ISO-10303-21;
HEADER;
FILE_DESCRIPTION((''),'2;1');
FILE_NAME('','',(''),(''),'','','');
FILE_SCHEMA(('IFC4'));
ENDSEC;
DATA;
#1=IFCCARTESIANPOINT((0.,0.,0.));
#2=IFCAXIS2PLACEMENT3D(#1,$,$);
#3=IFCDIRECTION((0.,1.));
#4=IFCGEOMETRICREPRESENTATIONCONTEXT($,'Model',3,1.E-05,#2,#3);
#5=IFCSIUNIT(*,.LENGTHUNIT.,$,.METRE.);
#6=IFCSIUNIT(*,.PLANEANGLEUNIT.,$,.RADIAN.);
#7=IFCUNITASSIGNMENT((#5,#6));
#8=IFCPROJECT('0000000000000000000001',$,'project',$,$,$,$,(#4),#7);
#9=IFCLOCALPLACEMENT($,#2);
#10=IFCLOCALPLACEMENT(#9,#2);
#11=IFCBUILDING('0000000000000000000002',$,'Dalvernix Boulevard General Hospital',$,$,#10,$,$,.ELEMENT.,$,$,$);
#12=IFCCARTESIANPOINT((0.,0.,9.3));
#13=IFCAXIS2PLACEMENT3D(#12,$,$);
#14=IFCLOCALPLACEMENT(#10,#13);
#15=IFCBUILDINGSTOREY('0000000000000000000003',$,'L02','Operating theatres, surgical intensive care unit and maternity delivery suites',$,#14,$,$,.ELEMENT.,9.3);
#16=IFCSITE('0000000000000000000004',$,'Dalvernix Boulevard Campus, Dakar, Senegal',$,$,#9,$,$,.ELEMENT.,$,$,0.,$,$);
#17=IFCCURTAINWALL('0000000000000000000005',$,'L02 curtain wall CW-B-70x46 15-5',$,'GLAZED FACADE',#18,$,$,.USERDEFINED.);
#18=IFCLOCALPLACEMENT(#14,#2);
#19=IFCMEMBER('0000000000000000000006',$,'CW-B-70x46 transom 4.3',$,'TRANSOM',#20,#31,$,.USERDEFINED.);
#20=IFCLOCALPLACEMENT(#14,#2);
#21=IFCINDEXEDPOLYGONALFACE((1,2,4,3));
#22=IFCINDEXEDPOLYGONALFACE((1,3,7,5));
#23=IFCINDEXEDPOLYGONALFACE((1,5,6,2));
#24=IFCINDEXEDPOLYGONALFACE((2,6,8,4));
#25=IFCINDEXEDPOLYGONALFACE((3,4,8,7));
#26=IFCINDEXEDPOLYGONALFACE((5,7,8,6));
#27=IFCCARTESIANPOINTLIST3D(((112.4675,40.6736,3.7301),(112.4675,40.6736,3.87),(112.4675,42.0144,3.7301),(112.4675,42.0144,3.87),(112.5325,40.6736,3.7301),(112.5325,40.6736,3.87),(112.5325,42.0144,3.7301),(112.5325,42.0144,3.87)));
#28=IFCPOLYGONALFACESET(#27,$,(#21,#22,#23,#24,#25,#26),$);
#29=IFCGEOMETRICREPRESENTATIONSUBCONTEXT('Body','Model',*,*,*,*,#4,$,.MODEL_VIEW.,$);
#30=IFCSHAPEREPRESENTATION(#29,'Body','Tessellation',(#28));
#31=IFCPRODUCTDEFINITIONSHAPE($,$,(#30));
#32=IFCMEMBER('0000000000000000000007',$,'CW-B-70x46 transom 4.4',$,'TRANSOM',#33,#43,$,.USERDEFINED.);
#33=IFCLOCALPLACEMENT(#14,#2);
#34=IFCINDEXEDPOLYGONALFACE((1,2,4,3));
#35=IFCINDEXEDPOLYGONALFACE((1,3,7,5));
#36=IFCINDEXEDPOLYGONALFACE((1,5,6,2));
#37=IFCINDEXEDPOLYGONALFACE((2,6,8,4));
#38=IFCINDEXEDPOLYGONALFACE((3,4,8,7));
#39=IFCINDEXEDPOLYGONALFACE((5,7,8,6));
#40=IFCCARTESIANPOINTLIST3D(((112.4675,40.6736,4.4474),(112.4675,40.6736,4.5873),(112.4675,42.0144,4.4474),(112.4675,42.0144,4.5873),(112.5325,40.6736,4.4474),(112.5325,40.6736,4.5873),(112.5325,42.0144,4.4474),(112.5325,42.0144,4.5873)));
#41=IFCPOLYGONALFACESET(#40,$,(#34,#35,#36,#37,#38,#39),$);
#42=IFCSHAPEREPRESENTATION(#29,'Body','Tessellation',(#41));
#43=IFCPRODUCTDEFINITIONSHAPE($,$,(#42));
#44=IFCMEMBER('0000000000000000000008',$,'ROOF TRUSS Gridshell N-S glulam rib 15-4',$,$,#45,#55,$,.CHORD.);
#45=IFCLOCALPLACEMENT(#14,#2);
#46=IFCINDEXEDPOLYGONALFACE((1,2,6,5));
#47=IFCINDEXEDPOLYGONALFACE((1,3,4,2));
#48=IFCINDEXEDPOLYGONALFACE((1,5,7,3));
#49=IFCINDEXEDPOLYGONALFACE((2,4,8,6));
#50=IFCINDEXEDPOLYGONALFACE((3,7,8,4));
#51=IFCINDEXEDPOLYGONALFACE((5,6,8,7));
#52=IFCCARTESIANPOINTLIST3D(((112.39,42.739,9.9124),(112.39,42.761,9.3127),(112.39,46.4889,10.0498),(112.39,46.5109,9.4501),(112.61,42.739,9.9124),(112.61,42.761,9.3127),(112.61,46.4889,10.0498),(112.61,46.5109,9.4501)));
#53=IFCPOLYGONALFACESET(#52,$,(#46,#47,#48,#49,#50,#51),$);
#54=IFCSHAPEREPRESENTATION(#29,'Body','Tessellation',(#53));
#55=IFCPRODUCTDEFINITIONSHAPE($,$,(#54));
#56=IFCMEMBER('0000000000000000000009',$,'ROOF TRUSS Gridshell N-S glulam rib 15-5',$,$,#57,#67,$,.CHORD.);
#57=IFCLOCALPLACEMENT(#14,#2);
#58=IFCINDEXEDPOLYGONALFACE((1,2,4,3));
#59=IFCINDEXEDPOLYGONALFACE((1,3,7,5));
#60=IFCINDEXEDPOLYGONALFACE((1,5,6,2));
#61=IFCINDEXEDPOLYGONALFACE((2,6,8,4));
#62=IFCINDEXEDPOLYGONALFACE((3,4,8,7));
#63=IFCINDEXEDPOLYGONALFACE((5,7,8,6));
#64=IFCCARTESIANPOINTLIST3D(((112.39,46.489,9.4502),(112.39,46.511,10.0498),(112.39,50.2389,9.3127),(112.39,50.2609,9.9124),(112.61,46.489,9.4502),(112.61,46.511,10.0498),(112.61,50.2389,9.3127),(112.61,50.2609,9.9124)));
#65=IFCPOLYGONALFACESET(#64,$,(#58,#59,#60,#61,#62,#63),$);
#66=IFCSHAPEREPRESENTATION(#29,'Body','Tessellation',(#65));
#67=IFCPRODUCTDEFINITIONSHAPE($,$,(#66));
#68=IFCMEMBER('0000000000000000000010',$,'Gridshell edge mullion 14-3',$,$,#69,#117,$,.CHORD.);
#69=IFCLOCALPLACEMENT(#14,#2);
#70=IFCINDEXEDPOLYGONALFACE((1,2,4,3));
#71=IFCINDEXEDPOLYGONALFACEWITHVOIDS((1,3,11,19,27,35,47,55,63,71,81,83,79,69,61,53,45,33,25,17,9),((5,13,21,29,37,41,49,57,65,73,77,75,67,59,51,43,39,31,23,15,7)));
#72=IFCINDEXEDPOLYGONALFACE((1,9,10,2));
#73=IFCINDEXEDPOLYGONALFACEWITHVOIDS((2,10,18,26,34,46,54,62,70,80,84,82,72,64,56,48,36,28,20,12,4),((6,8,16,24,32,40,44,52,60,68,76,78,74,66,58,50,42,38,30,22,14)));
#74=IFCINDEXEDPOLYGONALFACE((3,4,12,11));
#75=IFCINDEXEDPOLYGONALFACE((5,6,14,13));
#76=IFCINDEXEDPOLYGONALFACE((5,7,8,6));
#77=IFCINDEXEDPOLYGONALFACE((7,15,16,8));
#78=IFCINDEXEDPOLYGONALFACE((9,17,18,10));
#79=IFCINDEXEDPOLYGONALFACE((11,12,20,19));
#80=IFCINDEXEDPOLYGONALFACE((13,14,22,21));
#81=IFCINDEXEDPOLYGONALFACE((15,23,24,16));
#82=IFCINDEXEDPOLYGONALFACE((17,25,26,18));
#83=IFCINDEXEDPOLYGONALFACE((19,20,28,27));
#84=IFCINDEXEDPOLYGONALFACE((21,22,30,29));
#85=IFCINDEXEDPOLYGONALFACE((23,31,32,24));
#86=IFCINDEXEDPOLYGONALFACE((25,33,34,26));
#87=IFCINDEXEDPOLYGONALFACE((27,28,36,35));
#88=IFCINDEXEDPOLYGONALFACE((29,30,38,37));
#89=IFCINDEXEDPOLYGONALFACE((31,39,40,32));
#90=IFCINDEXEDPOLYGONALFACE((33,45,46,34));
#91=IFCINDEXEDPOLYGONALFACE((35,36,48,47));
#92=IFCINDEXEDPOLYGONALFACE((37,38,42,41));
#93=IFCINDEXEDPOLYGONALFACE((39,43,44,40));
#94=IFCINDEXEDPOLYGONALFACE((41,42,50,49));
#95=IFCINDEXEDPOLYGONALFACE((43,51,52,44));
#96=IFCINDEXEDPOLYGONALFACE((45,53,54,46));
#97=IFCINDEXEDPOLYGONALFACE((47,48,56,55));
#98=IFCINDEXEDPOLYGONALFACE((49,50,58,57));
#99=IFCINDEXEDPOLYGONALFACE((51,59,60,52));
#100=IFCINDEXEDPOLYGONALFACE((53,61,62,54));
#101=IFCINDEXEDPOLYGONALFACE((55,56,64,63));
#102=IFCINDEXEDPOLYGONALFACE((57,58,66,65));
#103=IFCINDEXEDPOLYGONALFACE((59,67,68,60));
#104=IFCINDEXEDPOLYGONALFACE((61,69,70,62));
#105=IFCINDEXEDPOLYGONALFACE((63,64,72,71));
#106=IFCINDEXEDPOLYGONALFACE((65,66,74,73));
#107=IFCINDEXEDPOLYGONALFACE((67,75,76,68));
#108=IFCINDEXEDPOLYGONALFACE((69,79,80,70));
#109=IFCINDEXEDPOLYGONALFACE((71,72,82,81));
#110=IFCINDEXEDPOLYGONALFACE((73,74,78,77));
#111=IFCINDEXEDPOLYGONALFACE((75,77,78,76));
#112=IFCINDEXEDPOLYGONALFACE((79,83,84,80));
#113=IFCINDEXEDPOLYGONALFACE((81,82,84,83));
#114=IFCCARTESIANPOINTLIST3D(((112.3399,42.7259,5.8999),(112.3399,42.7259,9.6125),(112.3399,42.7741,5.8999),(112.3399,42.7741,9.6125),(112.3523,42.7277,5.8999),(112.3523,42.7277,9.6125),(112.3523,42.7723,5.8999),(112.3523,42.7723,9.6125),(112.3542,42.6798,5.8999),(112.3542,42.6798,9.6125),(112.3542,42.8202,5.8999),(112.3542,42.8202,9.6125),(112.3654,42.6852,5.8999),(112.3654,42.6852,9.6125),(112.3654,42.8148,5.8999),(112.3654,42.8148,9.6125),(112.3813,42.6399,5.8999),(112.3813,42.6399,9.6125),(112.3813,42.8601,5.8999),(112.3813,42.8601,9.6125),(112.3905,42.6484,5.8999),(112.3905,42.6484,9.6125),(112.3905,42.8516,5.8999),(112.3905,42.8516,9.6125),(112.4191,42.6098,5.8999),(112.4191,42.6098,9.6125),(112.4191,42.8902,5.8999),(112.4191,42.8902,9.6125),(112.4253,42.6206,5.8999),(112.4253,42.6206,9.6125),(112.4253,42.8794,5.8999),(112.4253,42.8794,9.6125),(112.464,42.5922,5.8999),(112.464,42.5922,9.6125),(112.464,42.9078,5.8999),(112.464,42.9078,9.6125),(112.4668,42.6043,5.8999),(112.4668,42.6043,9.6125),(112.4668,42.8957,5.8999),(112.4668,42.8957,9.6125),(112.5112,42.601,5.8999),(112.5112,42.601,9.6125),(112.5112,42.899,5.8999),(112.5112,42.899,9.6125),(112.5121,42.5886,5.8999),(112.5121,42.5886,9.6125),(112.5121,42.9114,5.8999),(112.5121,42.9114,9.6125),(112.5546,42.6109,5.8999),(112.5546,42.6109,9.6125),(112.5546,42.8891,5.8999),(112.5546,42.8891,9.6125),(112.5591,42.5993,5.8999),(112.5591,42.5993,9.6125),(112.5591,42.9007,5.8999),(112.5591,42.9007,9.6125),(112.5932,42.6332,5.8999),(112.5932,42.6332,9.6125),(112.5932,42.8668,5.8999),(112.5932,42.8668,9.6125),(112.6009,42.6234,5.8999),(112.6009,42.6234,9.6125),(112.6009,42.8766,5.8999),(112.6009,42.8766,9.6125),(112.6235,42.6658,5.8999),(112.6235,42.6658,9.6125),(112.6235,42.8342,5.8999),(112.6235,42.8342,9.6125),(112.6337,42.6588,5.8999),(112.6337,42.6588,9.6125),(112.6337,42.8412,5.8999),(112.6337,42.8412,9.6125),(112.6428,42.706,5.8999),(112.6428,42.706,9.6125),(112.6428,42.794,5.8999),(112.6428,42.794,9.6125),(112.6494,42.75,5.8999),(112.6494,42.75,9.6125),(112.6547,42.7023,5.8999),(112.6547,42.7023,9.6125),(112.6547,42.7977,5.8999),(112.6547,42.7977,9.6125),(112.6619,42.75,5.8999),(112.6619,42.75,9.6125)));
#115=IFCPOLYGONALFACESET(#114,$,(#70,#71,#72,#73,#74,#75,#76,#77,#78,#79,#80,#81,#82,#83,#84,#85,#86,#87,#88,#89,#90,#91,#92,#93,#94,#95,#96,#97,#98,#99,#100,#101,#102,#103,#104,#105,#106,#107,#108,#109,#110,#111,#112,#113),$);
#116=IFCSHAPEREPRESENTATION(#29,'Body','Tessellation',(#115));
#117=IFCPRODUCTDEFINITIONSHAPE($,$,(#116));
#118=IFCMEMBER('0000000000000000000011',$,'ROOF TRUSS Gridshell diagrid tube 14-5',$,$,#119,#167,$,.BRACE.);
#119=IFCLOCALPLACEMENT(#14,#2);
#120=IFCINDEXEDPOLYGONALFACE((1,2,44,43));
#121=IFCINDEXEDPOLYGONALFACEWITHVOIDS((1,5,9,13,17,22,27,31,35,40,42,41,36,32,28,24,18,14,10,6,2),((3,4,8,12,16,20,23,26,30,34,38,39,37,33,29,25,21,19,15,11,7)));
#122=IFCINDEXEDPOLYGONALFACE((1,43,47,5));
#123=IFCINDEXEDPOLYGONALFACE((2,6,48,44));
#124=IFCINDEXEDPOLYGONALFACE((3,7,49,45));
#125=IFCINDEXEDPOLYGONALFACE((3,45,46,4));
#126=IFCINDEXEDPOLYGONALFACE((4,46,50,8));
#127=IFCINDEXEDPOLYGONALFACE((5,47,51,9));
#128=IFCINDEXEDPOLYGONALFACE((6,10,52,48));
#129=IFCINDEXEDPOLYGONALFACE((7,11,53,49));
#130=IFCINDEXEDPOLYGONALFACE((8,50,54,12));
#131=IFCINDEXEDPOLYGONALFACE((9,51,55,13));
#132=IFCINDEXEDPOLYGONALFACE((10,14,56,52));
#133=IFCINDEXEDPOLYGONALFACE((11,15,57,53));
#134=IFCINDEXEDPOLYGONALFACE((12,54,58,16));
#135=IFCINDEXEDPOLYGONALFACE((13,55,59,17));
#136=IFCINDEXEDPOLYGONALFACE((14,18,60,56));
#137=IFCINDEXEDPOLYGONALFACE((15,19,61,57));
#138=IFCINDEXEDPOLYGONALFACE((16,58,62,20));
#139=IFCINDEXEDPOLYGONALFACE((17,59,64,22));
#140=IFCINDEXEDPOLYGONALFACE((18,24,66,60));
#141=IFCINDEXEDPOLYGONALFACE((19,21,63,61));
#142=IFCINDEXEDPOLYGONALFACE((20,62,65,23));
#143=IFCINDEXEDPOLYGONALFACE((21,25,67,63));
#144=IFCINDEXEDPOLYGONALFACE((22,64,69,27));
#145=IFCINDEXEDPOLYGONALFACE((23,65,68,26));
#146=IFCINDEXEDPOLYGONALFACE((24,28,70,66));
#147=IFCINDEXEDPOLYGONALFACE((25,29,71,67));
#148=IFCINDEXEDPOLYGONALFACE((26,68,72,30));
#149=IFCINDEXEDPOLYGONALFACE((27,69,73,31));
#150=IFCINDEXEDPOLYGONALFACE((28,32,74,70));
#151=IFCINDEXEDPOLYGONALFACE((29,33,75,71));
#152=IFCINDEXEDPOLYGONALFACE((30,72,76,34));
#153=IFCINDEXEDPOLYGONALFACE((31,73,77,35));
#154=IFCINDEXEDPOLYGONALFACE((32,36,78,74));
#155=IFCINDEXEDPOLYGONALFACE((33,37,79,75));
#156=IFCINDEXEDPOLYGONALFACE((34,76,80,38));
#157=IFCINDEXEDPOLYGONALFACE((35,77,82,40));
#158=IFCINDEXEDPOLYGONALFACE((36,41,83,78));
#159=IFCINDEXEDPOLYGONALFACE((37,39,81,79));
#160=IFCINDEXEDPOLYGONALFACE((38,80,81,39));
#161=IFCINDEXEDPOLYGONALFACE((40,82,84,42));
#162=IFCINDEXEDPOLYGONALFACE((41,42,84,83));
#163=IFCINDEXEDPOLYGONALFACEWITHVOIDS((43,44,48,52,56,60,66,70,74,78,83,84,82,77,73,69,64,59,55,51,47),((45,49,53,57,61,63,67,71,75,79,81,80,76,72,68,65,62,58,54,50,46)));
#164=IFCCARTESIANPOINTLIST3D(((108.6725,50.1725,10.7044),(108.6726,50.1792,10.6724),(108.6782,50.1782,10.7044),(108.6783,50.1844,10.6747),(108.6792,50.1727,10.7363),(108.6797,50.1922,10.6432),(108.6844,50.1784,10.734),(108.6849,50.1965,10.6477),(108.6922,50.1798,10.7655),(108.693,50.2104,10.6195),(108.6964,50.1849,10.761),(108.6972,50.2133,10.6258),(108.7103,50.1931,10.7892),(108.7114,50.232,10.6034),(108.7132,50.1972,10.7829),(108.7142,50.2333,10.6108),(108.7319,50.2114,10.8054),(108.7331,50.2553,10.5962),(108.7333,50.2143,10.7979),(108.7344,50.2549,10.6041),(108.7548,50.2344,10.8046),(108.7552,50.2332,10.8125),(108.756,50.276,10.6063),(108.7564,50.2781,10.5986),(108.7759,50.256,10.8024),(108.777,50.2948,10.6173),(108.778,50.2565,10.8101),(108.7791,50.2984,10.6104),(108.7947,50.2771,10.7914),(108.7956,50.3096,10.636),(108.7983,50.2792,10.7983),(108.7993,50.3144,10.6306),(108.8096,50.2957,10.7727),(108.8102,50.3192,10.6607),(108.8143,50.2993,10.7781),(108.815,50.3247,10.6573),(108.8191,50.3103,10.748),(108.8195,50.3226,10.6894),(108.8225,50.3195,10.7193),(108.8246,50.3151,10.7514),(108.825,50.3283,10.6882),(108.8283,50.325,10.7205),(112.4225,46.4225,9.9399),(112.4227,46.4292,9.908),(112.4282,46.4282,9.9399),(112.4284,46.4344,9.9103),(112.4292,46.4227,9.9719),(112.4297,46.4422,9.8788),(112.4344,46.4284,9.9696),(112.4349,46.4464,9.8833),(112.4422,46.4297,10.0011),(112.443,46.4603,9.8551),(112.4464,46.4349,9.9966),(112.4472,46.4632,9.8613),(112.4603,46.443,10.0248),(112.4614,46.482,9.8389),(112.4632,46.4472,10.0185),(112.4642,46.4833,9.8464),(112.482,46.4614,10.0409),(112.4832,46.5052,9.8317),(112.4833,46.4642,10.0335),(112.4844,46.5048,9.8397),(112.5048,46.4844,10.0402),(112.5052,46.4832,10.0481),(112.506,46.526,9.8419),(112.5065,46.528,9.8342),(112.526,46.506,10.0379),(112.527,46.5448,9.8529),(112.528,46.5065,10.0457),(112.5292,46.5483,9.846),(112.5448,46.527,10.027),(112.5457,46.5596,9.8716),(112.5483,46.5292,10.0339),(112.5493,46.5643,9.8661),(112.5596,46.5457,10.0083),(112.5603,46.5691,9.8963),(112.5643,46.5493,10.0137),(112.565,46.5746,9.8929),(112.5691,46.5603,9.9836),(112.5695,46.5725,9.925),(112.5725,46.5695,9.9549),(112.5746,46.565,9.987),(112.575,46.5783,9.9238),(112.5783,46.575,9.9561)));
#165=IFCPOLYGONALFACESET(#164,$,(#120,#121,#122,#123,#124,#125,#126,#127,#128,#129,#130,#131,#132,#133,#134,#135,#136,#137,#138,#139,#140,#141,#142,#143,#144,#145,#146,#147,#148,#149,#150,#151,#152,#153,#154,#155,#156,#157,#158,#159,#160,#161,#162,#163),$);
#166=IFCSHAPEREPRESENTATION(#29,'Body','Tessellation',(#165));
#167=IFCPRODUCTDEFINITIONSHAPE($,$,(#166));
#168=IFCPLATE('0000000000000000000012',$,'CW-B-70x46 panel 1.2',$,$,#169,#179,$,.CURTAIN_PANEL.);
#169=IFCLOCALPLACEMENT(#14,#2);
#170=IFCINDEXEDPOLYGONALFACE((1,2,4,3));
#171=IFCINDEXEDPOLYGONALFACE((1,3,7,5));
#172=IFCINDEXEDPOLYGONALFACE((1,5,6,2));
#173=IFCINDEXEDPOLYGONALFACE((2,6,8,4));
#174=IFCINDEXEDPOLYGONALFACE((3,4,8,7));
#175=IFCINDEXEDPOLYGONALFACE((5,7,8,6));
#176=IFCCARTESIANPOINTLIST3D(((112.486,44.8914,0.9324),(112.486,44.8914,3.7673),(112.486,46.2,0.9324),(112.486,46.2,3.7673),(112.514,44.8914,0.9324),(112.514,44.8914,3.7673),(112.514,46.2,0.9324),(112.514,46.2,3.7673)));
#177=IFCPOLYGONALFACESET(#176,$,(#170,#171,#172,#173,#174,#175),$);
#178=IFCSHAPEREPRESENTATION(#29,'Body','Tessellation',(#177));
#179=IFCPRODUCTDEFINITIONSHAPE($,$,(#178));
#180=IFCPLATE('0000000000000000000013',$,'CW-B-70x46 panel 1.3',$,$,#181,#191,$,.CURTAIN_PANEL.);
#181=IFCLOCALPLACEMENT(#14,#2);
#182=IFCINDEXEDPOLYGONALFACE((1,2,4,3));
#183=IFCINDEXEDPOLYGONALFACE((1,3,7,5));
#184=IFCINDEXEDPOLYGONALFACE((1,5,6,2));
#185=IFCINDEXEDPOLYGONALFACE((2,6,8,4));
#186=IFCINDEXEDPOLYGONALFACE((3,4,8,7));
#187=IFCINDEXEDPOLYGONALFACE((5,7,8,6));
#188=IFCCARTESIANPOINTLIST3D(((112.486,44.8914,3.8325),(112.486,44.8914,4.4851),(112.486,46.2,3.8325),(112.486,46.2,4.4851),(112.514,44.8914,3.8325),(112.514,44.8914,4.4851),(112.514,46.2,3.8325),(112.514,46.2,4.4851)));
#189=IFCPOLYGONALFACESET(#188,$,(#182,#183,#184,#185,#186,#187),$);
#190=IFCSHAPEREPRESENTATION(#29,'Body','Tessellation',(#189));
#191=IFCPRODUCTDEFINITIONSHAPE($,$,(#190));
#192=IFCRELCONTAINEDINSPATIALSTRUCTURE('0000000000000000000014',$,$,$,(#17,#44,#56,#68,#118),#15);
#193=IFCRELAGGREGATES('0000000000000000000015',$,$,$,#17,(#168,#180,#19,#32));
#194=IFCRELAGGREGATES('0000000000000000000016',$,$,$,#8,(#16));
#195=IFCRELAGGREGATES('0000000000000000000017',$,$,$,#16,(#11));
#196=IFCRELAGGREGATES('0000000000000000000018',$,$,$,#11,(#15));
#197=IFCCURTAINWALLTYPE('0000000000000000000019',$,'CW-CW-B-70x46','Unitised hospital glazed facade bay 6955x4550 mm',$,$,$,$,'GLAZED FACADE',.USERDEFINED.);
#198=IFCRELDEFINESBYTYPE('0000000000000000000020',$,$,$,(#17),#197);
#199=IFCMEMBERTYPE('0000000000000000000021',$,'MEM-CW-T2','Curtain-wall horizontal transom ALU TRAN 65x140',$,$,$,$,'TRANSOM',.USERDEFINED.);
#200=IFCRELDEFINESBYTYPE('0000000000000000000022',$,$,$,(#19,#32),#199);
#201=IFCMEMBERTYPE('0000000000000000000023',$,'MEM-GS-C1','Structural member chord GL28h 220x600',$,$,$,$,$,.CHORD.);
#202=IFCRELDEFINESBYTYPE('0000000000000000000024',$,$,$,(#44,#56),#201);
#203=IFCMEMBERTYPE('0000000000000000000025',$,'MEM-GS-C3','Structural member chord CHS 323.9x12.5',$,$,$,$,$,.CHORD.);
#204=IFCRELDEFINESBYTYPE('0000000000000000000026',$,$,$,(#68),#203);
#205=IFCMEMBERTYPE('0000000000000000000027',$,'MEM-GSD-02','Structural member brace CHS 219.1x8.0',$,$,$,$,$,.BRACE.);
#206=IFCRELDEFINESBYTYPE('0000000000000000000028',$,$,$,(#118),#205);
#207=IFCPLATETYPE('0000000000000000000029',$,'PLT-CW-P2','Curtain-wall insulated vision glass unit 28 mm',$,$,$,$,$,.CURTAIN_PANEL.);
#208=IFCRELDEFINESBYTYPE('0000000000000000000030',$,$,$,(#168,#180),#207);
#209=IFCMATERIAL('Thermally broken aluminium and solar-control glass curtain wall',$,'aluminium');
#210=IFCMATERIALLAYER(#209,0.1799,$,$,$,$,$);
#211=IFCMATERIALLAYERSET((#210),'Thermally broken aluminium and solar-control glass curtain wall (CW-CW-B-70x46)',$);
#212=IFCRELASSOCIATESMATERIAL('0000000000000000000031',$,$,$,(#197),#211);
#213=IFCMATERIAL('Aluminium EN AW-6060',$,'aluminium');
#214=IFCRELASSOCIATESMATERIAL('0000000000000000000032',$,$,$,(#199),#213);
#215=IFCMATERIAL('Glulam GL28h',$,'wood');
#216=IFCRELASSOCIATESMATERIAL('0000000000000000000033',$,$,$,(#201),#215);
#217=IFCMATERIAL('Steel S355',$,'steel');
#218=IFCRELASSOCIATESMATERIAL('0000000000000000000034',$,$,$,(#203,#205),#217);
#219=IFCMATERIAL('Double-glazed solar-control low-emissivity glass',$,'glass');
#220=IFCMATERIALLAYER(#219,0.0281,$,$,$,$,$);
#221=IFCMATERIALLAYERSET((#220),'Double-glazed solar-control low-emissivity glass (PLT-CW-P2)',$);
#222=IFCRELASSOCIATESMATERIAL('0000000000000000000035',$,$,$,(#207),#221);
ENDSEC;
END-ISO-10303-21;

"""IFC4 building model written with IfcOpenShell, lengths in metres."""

from ifc_helpers import new_model, si_unit, direction, frame, origin, origin_2d, place, context, subcontext, project, spatial, rectangle, hollow_circle, extrude, material, layer, layer_set, material_profile, profile_set, type_object, element, aggregate, save


model = new_model("IFC4")

# Units and contexts
model_context = context("Model", 3, precision=1e-05, world=origin(), true_north=direction((0.0, 1.0)))
body_context = subcontext(model_context, "Body", "Model", "MODEL_VIEW")
ifc_project = project(units=[si_unit("LENGTHUNIT", "METRE"), si_unit("PLANEANGLEUNIT", "RADIAN")], contexts=[model_context])

# Site, building, storey
site_placement = place(None, origin())
site = spatial("IfcSite", under=ifc_project, at=site_placement, Name="Dalvernix Boulevard Campus, Dakar, Senegal", CompositionType="ELEMENT", RefElevation=0.0)
building_placement = place(site_placement, origin())
building = spatial("IfcBuilding", under=site, at=building_placement, Name="Dalvernix Boulevard General Hospital", CompositionType="ELEMENT")
storey_placement = place(building_placement, frame((0.0, 0.0, 9.3)))
storey = spatial("IfcBuildingStorey", under=building, at=storey_placement, Name="L02", Description="Operating theatres, surgical intensive care unit and maternity delivery suites", CompositionType="ELEMENT", Elevation=9.3)

# Shared definitions
ifc_material_1 = material(Name="Steel S355", Category="steel")

# Curtain wall, members
ifc_material_2 = material(Name="Thermally broken aluminium and solar-control glass curtain wall", Category="aluminium")
ifc_layer_1 = layer(ifc_material_2, 0.1799)
ifc_layer_set_1 = layer_set([ifc_layer_1], Name="Thermally broken aluminium and solar-control glass curtain wall (CW-CW-B-70x46)")
curtain_wall_type_1 = type_object("IfcCurtainWallType", Name="CW-CW-B-70x46", Description="Unitised hospital glazed facade bay 6955x4550 mm", ElementType="GLAZED FACADE", PredefinedType="USERDEFINED", material=ifc_layer_set_1)
curtain_wall_1_placement = place(storey_placement, origin())
curtain_wall_1 = element("IfcCurtainWall", 1, at=curtain_wall_1_placement, inside=storey, type_object=curtain_wall_type_1, Name="L02 curtain wall CW-B-70x46 15-5", ObjectType="GLAZED FACADE", PredefinedType="USERDEFINED")
ifc_material_3 = material(Name="Aluminium EN AW-6060", Category="aluminium")
ifc_material_profile_1 = material_profile(ifc_material_3, rectangle(XDim=0.0649, YDim=0.1399, at=origin_2d()), Name="ALU TRAN 65x140")
ifc_profile_set_1 = profile_set([ifc_material_profile_1], Name="Aluminium EN AW-6060")
member_type_1 = type_object("IfcMemberType", Name="MEM-CW-T2", Description="Curtain-wall horizontal transom ALU TRAN 65x140", ElementType="TRANSOM", PredefinedType="USERDEFINED", material=ifc_profile_set_1)
member_1_placement = place(storey_placement, frame((112.5, 42.0144, 3.8), z_axis=(0.0, -1.0, 0.0), x_axis=(1.0, 0.0, 0.0)))
member_1 = element("IfcMember", 2, at=member_1_placement, type_object=member_type_1, Name="CW-B-70x46 transom 4.3", ObjectType="TRANSOM", PredefinedType="USERDEFINED", context=body_context, shape_type="SweptSolid", body=[
    extrude(rectangle(XDim=0.0649, YDim=0.1399, at=origin_2d()), origin(), (0.0, 0.0, 1.0), 1.3408),
])
member_2_placement = place(storey_placement, frame((112.5, 42.0144, 4.5173), z_axis=(0.0, -1.0, 0.0), x_axis=(1.0, 0.0, 0.0)))
member_2 = element("IfcMember", 3, at=member_2_placement, type_object=member_type_1, Name="CW-B-70x46 transom 4.4", ObjectType="TRANSOM", PredefinedType="USERDEFINED", context=body_context, shape_type="SweptSolid", body=[
    extrude(rectangle(XDim=0.0649, YDim=0.1399, at=origin_2d()), origin(), (0.0, 0.0, 1.0), 1.3408),
])

# Members
ifc_material_4 = material(Name="Glulam GL28h", Category="wood")
ifc_material_profile_2 = material_profile(ifc_material_4, rectangle(XDim=0.22, YDim=0.6001, at=origin_2d()), Name="GL28h 220x600")
ifc_profile_set_2 = profile_set([ifc_material_profile_2], Name="Glulam GL28h")
member_type_2 = type_object("IfcMemberType", Name="MEM-GS-C1", Description="Structural member chord GL28h 220x600", PredefinedType="CHORD", material=ifc_profile_set_2)
for number, where, z_axis, x_axis, name in (
    (4, (112.5, 42.75, 9.6125), (0.0, 0.999329, 0.036629), (-1.0, 0.0, 0.0), "ROOF TRUSS Gridshell N-S glulam rib 15-4"),
    (5, (112.5, 46.5, 9.75), (0.0, 0.999329, -0.036629), (-1.0, 0.0, 0.0), "ROOF TRUSS Gridshell N-S glulam rib 15-5"),
):
    element("IfcMember", number, at=place(storey_placement, frame(where, z_axis=z_axis, x_axis=x_axis)), inside=storey, type_object=member_type_2, Name=name, PredefinedType="CHORD", context=body_context, shape_type="SweptSolid", body=[
        extrude(rectangle(XDim=0.22, YDim=0.6001, at=origin_2d()), origin(), (0.0, 0.0, 1.0), 3.7524),
    ])
ifc_material_profile_3 = material_profile(ifc_material_1, hollow_circle(Radius=0.1619, WallThickness=0.0125, at=origin_2d()), Name="CHS 323.9x12.5")
ifc_profile_set_3 = profile_set([ifc_material_profile_3], Name="Steel S355")
member_type_3 = type_object("IfcMemberType", Name="MEM-GS-C3", Description="Structural member chord CHS 323.9x12.5", PredefinedType="CHORD", material=ifc_profile_set_3)
member_3_placement = place(storey_placement, frame((112.5, 42.75, 5.8999), z_axis=(0.0, 0.0, 1.0), x_axis=(1.0, 0.0, 0.0)))
element("IfcMember", 6, at=member_3_placement, inside=storey, type_object=member_type_3, Name="Gridshell edge mullion 14-3", PredefinedType="CHORD", context=body_context, shape_type="SweptSolid", body=[
    extrude(hollow_circle(Radius=0.1619, WallThickness=0.0125, at=origin_2d()), origin(), (0.0, 0.0, 1.0), 3.7126),
])
ifc_material_profile_4 = material_profile(ifc_material_1, hollow_circle(Radius=0.1096, WallThickness=0.0081, at=origin_2d()), Name="CHS 219.1x8.0")
ifc_profile_set_4 = profile_set([ifc_material_profile_4], Name="Steel S355")
member_type_4 = type_object("IfcMemberType", Name="MEM-GSD-02", Description="Structural member brace CHS 219.1x8.0", PredefinedType="BRACE", material=ifc_profile_set_4)
member_4_placement = place(storey_placement, frame((112.5, 46.5, 9.9399), z_axis=(-0.699874, 0.699874, 0.142663), x_axis=(-0.707107, -0.707107, 0.0)))
element("IfcMember", 7, at=member_4_placement, inside=storey, type_object=member_type_4, Name="ROOF TRUSS Gridshell diagrid tube 14-5", PredefinedType="BRACE", context=body_context, shape_type="SweptSolid", body=[
    extrude(hollow_circle(Radius=0.1096, WallThickness=0.0081, at=origin_2d()), origin(), (0.0, 0.0, 1.0), 5.3582),
])

# Plates
ifc_material_5 = material(Name="Double-glazed solar-control low-emissivity glass", Category="glass")
ifc_layer_2 = layer(ifc_material_5, 0.0281)
ifc_layer_set_2 = layer_set([ifc_layer_2], Name="Double-glazed solar-control low-emissivity glass (PLT-CW-P2)")
plate_type_1 = type_object("IfcPlateType", Name="PLT-CW-P2", Description="Curtain-wall insulated vision glass unit 28 mm", PredefinedType="CURTAIN_PANEL", material=ifc_layer_set_2)
plate_1_placement = place(storey_placement, frame((112.5, 45.5457, 0.9324), z_axis=(0.0, 0.0, 1.0), x_axis=(0.0, -1.0, 0.0)))
plate_1 = element("IfcPlate", 8, at=plate_1_placement, type_object=plate_type_1, Name="CW-B-70x46 panel 1.2", PredefinedType="CURTAIN_PANEL", context=body_context, shape_type="SweptSolid", body=[
    extrude(rectangle(XDim=1.3086, YDim=0.0281, at=origin_2d()), origin(), (0.0, 0.0, 1.0), 2.835),
])
plate_2_placement = place(storey_placement, frame((112.5, 45.5457, 3.8325), z_axis=(0.0, 0.0, 1.0), x_axis=(0.0, -1.0, 0.0)))
plate_2 = element("IfcPlate", 9, at=plate_2_placement, type_object=plate_type_1, Name="CW-B-70x46 panel 1.3", PredefinedType="CURTAIN_PANEL", context=body_context, shape_type="SweptSolid", body=[
    extrude(rectangle(XDim=1.3086, YDim=0.0281, at=origin_2d()), origin(), (0.0, 0.0, 1.0), 0.6526),
])
aggregate(curtain_wall_1, [plate_1, plate_2, member_1, member_2])

save(model, "model.ifc")
